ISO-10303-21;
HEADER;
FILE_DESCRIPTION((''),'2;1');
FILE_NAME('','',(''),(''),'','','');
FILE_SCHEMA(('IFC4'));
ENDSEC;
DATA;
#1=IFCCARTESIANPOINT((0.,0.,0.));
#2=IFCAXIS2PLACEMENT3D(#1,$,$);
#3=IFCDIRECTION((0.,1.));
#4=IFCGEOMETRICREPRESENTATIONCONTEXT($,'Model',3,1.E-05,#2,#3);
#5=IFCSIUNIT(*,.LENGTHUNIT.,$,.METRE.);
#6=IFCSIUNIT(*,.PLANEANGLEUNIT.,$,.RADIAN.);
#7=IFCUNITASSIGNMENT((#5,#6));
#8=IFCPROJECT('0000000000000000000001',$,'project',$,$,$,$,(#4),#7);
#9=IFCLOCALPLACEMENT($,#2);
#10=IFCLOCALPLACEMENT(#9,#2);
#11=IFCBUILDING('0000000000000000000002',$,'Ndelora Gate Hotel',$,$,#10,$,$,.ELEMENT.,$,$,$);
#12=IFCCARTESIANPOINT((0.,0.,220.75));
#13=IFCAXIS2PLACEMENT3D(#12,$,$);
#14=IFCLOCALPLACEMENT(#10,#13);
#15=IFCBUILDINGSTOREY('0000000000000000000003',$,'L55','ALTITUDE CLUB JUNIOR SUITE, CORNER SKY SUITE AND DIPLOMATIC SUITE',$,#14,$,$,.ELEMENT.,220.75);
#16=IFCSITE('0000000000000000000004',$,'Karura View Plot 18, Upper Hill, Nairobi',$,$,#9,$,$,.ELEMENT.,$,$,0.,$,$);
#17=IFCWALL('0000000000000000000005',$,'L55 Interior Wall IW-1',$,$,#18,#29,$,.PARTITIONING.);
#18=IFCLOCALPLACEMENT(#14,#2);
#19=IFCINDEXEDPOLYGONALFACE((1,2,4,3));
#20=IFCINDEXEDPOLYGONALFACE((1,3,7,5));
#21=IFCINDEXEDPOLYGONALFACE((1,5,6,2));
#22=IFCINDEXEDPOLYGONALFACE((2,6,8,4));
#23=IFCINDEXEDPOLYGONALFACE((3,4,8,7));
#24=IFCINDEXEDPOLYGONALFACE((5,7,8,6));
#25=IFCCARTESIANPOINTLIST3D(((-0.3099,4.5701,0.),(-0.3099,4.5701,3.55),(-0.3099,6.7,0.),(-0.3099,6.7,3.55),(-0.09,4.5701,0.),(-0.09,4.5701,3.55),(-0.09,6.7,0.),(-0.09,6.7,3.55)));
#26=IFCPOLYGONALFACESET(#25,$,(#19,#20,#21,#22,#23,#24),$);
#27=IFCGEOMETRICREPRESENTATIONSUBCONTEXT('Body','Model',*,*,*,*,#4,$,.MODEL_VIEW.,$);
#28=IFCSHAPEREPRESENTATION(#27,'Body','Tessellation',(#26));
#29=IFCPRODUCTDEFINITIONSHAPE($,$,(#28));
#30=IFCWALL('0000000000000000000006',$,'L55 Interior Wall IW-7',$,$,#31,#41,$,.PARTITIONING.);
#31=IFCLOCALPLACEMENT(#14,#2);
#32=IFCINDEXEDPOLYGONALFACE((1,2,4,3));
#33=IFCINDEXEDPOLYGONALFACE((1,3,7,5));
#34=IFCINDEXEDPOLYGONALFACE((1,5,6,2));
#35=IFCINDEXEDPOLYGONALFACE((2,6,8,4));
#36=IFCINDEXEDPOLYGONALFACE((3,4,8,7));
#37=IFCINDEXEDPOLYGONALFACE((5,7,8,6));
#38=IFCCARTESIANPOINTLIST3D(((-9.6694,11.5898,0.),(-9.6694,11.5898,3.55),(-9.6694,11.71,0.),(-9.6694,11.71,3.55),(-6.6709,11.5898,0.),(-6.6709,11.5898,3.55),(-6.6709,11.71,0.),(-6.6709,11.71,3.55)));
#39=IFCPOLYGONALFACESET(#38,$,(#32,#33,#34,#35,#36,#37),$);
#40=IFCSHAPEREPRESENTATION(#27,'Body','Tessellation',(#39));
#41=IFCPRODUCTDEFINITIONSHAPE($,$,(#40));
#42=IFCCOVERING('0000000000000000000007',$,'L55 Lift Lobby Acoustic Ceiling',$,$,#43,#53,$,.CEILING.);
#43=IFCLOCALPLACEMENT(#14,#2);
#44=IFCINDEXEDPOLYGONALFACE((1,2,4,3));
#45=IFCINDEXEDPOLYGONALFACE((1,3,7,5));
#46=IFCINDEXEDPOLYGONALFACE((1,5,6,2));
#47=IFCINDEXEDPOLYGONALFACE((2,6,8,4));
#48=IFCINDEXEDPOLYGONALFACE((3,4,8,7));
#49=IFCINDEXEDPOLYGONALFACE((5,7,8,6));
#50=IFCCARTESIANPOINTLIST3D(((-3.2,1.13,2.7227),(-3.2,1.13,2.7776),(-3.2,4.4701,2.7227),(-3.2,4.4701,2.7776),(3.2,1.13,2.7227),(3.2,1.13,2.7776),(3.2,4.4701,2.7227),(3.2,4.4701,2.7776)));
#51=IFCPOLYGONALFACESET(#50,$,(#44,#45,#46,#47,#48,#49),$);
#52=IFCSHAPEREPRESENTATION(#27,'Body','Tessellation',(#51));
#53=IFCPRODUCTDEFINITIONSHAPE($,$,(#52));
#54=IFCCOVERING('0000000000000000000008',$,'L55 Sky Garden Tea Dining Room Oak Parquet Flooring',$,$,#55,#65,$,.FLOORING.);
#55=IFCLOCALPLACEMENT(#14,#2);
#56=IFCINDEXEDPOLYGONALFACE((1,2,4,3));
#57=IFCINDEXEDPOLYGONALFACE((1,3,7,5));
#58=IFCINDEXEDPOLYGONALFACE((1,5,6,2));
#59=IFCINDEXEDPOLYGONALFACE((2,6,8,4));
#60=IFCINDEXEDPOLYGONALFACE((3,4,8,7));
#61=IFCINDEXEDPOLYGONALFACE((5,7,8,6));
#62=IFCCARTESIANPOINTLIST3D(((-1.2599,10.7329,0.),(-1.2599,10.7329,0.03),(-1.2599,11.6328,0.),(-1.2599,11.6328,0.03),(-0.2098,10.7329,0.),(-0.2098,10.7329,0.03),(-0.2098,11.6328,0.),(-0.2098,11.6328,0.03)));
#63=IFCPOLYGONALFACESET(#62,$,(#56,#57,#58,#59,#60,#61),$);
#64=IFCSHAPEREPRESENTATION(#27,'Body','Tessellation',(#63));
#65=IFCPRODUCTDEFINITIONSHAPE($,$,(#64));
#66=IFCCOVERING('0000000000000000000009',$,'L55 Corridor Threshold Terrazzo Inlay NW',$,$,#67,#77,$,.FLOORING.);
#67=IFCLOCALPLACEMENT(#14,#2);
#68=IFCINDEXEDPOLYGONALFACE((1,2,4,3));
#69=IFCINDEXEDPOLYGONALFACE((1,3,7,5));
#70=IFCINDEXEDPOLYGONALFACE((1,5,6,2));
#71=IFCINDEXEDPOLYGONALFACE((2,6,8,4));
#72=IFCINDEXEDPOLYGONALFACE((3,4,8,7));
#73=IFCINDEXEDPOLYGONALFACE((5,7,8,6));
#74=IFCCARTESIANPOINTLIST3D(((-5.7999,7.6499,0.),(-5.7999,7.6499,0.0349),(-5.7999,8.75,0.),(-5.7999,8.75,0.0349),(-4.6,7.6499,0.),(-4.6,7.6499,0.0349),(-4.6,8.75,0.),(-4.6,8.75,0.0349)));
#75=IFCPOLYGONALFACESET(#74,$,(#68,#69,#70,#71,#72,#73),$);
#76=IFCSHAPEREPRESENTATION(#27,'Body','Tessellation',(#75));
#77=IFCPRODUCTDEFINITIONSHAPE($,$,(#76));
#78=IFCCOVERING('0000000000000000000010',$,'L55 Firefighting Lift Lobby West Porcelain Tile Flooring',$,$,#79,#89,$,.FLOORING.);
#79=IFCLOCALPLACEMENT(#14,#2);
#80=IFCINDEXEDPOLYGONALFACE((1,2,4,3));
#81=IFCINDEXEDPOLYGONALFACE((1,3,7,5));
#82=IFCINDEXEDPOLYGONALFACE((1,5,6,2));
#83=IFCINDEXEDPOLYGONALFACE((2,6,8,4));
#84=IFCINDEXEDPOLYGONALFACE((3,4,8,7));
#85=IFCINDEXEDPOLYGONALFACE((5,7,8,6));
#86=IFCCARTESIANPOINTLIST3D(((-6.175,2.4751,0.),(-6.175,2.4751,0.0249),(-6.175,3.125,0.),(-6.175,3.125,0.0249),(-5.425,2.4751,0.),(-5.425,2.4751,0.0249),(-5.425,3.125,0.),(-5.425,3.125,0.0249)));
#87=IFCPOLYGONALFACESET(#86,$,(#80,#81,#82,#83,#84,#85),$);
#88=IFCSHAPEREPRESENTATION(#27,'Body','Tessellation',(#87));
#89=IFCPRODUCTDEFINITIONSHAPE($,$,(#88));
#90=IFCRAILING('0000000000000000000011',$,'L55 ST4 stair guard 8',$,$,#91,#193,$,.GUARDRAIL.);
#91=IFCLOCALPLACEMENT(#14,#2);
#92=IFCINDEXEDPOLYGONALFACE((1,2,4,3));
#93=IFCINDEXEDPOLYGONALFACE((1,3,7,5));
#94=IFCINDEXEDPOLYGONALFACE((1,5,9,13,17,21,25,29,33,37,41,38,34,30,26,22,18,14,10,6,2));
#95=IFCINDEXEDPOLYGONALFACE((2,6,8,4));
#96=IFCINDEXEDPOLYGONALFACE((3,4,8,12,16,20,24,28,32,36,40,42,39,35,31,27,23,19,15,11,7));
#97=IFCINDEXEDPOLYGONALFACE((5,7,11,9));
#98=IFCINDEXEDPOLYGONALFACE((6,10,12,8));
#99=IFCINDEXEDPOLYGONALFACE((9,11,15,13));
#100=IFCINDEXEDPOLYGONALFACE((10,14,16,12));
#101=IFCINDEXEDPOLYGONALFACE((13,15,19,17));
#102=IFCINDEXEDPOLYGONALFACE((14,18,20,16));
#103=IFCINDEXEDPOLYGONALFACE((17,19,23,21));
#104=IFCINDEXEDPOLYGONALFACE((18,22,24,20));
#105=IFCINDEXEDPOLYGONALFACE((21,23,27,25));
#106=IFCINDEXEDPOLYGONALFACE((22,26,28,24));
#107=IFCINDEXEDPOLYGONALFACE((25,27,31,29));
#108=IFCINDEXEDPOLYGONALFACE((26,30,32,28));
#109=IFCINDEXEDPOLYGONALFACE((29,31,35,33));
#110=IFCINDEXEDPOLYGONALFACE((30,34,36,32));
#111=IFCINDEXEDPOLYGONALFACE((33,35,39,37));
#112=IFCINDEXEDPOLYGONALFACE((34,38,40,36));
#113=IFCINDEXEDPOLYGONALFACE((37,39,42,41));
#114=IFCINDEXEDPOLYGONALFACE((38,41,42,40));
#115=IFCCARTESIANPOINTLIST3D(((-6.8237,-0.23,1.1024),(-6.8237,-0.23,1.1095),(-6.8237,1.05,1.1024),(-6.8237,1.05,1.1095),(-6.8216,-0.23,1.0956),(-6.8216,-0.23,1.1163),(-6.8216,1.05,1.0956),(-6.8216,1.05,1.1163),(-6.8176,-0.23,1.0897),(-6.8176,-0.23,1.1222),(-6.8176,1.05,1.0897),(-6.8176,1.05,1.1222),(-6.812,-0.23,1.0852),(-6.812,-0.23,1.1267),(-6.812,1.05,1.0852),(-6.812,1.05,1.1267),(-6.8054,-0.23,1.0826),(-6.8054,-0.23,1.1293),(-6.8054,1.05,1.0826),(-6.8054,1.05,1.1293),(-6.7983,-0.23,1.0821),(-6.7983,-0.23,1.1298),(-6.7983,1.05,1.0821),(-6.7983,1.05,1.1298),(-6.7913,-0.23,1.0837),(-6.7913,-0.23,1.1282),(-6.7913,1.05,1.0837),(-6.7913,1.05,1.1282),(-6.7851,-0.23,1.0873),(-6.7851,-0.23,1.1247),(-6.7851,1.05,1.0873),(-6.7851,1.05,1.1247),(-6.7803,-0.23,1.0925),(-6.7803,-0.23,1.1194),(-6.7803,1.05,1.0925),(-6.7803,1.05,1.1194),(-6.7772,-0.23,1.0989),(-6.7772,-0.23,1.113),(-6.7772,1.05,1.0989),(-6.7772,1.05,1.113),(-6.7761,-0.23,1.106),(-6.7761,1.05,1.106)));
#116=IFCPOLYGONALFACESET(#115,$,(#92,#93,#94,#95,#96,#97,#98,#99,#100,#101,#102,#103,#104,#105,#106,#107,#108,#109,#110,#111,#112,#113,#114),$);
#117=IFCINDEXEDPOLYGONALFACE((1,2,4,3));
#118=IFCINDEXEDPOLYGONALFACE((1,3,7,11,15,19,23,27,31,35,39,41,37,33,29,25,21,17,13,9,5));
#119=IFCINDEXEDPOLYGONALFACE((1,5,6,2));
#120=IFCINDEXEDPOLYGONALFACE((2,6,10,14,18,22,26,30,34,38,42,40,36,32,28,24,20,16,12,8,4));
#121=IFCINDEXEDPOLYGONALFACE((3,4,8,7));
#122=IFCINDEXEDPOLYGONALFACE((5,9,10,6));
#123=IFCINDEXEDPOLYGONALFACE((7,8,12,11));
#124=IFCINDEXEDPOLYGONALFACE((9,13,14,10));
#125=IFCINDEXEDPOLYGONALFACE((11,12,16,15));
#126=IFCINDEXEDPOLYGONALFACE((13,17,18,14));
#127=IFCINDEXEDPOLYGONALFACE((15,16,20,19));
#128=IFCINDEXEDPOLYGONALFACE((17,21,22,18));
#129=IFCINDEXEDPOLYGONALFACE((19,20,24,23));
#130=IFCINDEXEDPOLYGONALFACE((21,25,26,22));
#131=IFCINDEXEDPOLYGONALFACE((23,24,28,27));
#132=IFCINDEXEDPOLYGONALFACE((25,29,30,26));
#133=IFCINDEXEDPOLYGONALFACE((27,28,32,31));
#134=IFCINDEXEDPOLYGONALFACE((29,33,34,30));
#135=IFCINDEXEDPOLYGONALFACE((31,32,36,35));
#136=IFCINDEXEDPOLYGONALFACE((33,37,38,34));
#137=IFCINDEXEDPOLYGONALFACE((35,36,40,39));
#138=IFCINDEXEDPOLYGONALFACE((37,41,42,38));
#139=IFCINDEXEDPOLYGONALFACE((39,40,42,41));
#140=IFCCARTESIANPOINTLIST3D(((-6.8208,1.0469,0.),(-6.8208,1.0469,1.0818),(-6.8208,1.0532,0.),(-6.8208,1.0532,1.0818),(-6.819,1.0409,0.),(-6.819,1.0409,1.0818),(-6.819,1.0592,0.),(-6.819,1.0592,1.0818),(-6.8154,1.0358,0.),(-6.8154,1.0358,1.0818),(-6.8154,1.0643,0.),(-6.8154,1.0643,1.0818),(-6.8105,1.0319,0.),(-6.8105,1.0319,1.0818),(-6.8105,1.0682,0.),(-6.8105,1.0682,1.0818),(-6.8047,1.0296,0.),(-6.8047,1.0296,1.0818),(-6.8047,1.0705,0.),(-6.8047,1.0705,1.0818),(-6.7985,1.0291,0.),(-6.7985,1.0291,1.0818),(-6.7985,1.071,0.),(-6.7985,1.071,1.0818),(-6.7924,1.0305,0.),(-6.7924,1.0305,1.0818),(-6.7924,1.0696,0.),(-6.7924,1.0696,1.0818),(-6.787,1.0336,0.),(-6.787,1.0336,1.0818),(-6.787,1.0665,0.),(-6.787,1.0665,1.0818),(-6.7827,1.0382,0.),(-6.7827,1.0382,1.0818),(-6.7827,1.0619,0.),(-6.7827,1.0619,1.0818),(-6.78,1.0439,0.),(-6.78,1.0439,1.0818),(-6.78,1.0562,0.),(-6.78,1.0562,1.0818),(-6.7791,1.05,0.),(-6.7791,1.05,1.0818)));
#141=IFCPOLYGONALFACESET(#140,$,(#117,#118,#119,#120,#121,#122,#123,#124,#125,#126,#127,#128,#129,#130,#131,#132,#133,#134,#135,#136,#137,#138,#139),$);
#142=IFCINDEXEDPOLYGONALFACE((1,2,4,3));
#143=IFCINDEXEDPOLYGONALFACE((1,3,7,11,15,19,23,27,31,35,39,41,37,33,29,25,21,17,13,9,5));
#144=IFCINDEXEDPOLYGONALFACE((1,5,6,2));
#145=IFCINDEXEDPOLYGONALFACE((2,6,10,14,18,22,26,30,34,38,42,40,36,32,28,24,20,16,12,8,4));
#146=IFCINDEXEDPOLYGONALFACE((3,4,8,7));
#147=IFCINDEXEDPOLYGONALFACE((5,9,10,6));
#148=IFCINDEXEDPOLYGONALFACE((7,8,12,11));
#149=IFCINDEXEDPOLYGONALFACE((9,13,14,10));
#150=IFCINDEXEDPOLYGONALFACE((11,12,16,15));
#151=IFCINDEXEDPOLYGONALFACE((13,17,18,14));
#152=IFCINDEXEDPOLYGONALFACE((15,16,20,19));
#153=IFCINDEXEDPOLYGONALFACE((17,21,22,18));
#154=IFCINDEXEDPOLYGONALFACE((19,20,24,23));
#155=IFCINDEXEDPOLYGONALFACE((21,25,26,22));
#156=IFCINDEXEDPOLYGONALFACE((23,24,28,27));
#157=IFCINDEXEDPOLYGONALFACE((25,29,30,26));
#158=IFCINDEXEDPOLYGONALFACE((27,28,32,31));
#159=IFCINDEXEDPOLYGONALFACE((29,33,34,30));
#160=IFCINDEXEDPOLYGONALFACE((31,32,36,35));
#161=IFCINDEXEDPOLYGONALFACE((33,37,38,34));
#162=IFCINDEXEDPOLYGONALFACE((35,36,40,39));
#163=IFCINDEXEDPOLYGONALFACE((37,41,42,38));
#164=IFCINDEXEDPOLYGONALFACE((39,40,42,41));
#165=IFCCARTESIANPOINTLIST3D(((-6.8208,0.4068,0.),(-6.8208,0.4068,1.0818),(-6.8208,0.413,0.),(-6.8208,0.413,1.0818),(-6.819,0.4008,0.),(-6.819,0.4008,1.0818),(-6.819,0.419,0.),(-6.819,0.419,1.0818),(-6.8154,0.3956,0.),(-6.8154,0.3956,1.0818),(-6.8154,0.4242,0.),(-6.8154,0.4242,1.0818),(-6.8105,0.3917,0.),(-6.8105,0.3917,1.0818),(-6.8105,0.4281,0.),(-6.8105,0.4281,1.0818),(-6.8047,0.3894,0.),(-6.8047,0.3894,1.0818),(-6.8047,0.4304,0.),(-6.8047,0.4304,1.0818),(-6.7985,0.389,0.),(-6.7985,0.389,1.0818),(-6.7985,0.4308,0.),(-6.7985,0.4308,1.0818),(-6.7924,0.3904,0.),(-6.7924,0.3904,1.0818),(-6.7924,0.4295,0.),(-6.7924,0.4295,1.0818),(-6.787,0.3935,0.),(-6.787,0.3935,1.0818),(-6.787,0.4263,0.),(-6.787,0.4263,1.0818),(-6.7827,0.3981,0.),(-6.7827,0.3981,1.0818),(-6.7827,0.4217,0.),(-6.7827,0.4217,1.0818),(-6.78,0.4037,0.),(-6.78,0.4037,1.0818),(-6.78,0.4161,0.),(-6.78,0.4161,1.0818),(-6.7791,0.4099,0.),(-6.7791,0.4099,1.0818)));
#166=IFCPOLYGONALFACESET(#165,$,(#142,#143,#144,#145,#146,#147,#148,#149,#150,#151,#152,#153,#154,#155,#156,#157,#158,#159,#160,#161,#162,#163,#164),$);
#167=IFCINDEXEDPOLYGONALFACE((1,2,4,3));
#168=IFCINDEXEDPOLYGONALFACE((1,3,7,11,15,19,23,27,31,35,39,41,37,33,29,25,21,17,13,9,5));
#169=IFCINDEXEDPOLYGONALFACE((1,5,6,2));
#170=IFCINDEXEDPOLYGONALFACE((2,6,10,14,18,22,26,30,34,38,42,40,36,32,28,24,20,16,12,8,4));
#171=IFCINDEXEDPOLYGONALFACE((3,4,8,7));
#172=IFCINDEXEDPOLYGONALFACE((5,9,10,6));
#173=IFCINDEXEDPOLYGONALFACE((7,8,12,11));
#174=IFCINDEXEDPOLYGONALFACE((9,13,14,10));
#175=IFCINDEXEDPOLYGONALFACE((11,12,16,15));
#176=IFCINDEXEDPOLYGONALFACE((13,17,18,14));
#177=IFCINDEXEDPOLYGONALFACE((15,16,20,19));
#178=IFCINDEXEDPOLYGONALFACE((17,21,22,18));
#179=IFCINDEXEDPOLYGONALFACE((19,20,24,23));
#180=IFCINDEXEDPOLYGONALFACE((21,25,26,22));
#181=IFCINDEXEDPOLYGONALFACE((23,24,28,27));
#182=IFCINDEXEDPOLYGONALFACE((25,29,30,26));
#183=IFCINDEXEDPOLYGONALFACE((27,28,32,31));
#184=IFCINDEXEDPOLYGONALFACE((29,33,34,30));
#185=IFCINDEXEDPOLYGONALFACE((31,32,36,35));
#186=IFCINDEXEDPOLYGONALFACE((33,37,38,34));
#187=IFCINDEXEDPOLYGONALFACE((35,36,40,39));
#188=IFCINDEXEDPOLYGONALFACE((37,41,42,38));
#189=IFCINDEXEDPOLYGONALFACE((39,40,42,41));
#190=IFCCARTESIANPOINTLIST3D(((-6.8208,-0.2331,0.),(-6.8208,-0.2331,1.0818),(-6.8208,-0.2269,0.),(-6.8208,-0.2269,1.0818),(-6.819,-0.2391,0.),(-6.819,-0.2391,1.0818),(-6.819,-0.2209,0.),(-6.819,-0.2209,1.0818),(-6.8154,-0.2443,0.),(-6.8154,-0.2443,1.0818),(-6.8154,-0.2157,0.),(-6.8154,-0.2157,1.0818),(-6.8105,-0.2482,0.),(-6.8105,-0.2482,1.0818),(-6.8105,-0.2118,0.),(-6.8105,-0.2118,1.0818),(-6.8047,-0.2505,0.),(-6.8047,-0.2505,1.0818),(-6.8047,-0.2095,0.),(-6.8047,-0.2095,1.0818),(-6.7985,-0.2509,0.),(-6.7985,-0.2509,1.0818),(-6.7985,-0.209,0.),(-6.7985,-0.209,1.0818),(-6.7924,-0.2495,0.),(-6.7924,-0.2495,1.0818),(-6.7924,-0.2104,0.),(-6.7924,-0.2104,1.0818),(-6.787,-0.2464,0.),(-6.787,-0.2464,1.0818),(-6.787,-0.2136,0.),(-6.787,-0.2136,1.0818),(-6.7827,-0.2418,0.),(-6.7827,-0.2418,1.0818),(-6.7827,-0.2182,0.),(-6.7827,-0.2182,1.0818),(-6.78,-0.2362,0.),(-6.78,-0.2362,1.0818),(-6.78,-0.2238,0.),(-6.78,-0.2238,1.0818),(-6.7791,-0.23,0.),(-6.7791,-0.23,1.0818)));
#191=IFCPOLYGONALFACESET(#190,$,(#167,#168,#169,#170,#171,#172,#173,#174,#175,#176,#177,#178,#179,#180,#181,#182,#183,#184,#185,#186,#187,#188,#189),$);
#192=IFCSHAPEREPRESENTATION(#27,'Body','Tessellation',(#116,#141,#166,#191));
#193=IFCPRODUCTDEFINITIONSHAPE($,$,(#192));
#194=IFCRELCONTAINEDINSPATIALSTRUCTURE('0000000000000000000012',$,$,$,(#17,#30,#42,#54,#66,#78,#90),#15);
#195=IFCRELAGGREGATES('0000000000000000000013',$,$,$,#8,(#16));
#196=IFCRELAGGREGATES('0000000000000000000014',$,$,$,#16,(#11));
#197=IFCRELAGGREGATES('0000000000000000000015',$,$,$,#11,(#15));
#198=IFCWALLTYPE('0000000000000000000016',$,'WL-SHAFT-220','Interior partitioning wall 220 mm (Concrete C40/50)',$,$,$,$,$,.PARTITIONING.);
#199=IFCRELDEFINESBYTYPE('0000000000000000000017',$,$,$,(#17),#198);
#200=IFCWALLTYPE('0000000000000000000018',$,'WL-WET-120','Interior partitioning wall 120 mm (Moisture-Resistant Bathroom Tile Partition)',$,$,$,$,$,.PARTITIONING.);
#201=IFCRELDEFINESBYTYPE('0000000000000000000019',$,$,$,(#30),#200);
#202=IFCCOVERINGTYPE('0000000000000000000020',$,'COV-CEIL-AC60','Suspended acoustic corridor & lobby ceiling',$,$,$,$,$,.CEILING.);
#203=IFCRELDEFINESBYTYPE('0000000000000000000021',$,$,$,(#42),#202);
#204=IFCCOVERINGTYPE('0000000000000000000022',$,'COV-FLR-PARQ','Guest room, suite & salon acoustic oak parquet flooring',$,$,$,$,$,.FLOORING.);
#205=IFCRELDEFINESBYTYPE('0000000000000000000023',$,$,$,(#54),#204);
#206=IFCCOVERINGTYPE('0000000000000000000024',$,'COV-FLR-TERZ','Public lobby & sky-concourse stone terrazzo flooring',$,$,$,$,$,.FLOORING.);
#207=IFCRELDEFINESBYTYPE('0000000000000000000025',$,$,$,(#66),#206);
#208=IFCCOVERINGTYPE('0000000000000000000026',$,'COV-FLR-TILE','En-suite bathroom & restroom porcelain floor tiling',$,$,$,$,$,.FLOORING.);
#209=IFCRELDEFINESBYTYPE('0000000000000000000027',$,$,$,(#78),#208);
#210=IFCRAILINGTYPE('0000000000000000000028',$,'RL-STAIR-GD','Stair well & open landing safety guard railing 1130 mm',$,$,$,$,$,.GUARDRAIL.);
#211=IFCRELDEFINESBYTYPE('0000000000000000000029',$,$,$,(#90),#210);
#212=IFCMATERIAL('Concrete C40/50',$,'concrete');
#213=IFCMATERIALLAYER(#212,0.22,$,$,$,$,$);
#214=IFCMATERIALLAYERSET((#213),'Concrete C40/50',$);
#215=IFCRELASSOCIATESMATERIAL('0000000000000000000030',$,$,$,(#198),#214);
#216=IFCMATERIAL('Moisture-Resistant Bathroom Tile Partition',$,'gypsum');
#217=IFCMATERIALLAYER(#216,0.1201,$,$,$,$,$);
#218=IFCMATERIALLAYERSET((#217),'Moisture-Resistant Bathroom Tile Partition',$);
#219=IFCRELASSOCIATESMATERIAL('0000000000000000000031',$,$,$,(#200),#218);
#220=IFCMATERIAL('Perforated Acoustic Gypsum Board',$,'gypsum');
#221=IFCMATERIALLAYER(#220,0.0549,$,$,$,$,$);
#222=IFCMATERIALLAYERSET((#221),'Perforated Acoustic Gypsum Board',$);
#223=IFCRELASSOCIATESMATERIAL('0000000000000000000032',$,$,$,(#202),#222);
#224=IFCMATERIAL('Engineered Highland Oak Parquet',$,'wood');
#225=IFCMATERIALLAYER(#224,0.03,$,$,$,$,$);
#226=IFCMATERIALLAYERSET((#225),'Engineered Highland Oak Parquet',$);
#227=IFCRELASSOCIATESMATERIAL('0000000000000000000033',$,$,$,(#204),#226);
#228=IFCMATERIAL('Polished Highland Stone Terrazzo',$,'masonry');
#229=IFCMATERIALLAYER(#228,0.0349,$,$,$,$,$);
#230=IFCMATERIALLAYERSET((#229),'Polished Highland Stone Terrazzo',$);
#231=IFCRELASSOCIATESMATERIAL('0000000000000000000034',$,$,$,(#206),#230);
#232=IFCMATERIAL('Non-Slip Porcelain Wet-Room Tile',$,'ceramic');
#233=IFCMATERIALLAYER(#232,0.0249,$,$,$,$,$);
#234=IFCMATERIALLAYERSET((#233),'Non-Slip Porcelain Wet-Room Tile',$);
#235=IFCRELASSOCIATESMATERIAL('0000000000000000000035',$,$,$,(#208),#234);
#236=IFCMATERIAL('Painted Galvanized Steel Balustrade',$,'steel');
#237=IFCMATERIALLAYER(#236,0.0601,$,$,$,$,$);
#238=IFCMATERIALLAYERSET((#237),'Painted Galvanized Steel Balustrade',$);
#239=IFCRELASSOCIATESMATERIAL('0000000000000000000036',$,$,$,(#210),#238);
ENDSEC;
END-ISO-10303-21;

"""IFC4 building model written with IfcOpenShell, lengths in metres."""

from ifc_helpers import new_model, si_unit, direction, frame, frame_2d, origin, origin_2d, place, context, subcontext, project, spatial, rectangle, circle, extrude, material, layer, layer_set, type_object, element, save


model = new_model("IFC4")

# Units and contexts
model_context = context("Model", 3, precision=1e-05, world=origin(), true_north=direction((0.0, 1.0)))
body_context = subcontext(model_context, "Body", "Model", "MODEL_VIEW")
ifc_project = project(units=[si_unit("LENGTHUNIT", "METRE"), si_unit("PLANEANGLEUNIT", "RADIAN")], contexts=[model_context])

# Site, building, storey
site_placement = place(None, origin())
site = spatial("IfcSite", under=ifc_project, at=site_placement, Name="Karura View Plot 18, Upper Hill, Nairobi", CompositionType="ELEMENT", RefElevation=0.0)
building_placement = place(site_placement, origin())
building = spatial("IfcBuilding", under=site, at=building_placement, Name="Ndelora Gate Hotel", CompositionType="ELEMENT")
storey_placement = place(building_placement, frame((0.0, 0.0, 220.75)))
storey = spatial("IfcBuildingStorey", under=building, at=storey_placement, Name="L55", Description="ALTITUDE CLUB JUNIOR SUITE, CORNER SKY SUITE AND DIPLOMATIC SUITE", CompositionType="ELEMENT", Elevation=220.75)

# Shared definitions
ifc_material_1 = material(Name="Concrete C40/50", Category="concrete")

# Shared definitions
ifc_layer_1 = layer(ifc_material_1, 0.22)
ifc_layer_set_1 = layer_set([ifc_layer_1], Name="Concrete C40/50")
wall_type_1 = type_object("IfcWallType", Name="WL-SHAFT-220", Description="Interior partitioning wall 220 mm (Concrete C40/50)", PredefinedType="PARTITIONING", material=ifc_layer_set_1)

# Wall
wall_1_placement = place(storey_placement, frame((-0.2, 4.5701, 0.0), z_axis=(0.0, 0.0, 1.0), x_axis=(0.0, 1.0, 0.0)))
element("IfcWall", 1, at=wall_1_placement, inside=storey, type_object=wall_type_1, Name="L55 Interior Wall IW-1", PredefinedType="PARTITIONING", context=body_context, shape_type="SweptSolid", body=[
    extrude(rectangle(XDim=2.1299, YDim=0.22, at=frame_2d((1.0649, 0.0))), origin(), (0.0, 0.0, 1.0), 3.55),
])

# Wall
ifc_material_2 = material(Name="Moisture-Resistant Bathroom Tile Partition", Category="gypsum")
ifc_layer_2 = layer(ifc_material_2, 0.1201)
ifc_layer_set_2 = layer_set([ifc_layer_2], Name="Moisture-Resistant Bathroom Tile Partition")
wall_type_2 = type_object("IfcWallType", Name="WL-WET-120", Description="Interior partitioning wall 120 mm (Moisture-Resistant Bathroom Tile Partition)", PredefinedType="PARTITIONING", material=ifc_layer_set_2)
wall_2_placement = place(storey_placement, frame((-6.6709, 11.6499, 0.0), z_axis=(0.0, 0.0, 1.0), x_axis=(-1.0, 0.0, 0.0)))
element("IfcWall", 2, at=wall_2_placement, inside=storey, type_object=wall_type_2, Name="L55 Interior Wall IW-7", PredefinedType="PARTITIONING", context=body_context, shape_type="SweptSolid", body=[
    extrude(rectangle(XDim=2.9985, YDim=0.1201, at=frame_2d((1.4993, 0.0))), origin(), (0.0, 0.0, 1.0), 3.55),
])

# Coverings
ifc_material_3 = material(Name="Perforated Acoustic Gypsum Board", Category="gypsum")
ifc_layer_3 = layer(ifc_material_3, 0.0549)
ifc_layer_set_3 = layer_set([ifc_layer_3], Name="Perforated Acoustic Gypsum Board")
covering_type_1 = type_object("IfcCoveringType", Name="COV-CEIL-AC60", Description="Suspended acoustic corridor & lobby ceiling", PredefinedType="CEILING", material=ifc_layer_set_3)
covering_1_placement = place(storey_placement, frame((0.0, 2.8, 2.7227), z_axis=(0.0, 0.0, 1.0), x_axis=(1.0, 0.0, 0.0)))
element("IfcCovering", 3, at=covering_1_placement, inside=storey, type_object=covering_type_1, Name="L55 Lift Lobby Acoustic Ceiling", PredefinedType="CEILING", context=body_context, shape_type="SweptSolid", body=[
    extrude(rectangle(XDim=6.3999, YDim=3.3401, at=origin_2d()), origin(), (0.0, 0.0, 1.0), 0.0549),
])
ifc_material_4 = material(Name="Engineered Highland Oak Parquet", Category="wood")
ifc_layer_4 = layer(ifc_material_4, 0.03)
ifc_layer_set_4 = layer_set([ifc_layer_4], Name="Engineered Highland Oak Parquet")
covering_type_2 = type_object("IfcCoveringType", Name="COV-FLR-PARQ", Description="Guest room, suite & salon acoustic oak parquet flooring", PredefinedType="FLOORING", material=ifc_layer_set_4)
covering_2_placement = place(storey_placement, frame((-0.7349, 11.1829, 0.0), z_axis=(0.0, 0.0, 1.0), x_axis=(1.0, 0.0, 0.0)))
element("IfcCovering", 4, at=covering_2_placement, inside=storey, type_object=covering_type_2, Name="L55 Sky Garden Tea Dining Room Oak Parquet Flooring", PredefinedType="FLOORING", context=body_context, shape_type="SweptSolid", body=[
    extrude(rectangle(XDim=1.05, YDim=0.8999, at=origin_2d()), origin(), (0.0, 0.0, 1.0), 0.03),
])
ifc_material_5 = material(Name="Polished Highland Stone Terrazzo", Category="masonry")
ifc_layer_5 = layer(ifc_material_5, 0.0349)
ifc_layer_set_5 = layer_set([ifc_layer_5], Name="Polished Highland Stone Terrazzo")
covering_type_3 = type_object("IfcCoveringType", Name="COV-FLR-TERZ", Description="Public lobby & sky-concourse stone terrazzo flooring", PredefinedType="FLOORING", material=ifc_layer_set_5)
covering_3_placement = place(storey_placement, frame((-5.2, 8.2, 0.0), z_axis=(0.0, 0.0, 1.0), x_axis=(1.0, 0.0, 0.0)))
element("IfcCovering", 5, at=covering_3_placement, inside=storey, type_object=covering_type_3, Name="L55 Corridor Threshold Terrazzo Inlay NW", PredefinedType="FLOORING", context=body_context, shape_type="SweptSolid", body=[
    extrude(rectangle(XDim=1.2, YDim=1.1001, at=origin_2d()), origin(), (0.0, 0.0, 1.0), 0.0349),
])
ifc_material_6 = material(Name="Non-Slip Porcelain Wet-Room Tile", Category="ceramic")
ifc_layer_6 = layer(ifc_material_6, 0.0249)
ifc_layer_set_6 = layer_set([ifc_layer_6], Name="Non-Slip Porcelain Wet-Room Tile")
covering_type_4 = type_object("IfcCoveringType", Name="COV-FLR-TILE", Description="En-suite bathroom & restroom porcelain floor tiling", PredefinedType="FLOORING", material=ifc_layer_set_6)
covering_4_placement = place(storey_placement, frame((-5.8, 2.8, 0.0), z_axis=(0.0, 0.0, 1.0), x_axis=(1.0, 0.0, 0.0)))
element("IfcCovering", 6, at=covering_4_placement, inside=storey, type_object=covering_type_4, Name="L55 Firefighting Lift Lobby West Porcelain Tile Flooring", PredefinedType="FLOORING", context=body_context, shape_type="SweptSolid", body=[
    extrude(rectangle(XDim=0.75, YDim=0.6499, at=origin_2d()), origin(), (0.0, 0.0, 1.0), 0.0249),
])

# Railing
ifc_material_7 = material(Name="Painted Galvanized Steel Balustrade", Category="steel")
ifc_layer_7 = layer(ifc_material_7, 0.0601)
ifc_layer_set_7 = layer_set([ifc_layer_7], Name="Painted Galvanized Steel Balustrade")
railing_type = type_object("IfcRailingType", Name="RL-STAIR-GD", Description="Stair well & open landing safety guard railing 1130 mm", PredefinedType="GUARDRAIL", material=ifc_layer_set_7)
for number, where, name in (
    (7, (-6.8, 1.05, 0.0), "L55 ST4 stair guard 8"),
):
    element("IfcRailing", number, at=place(storey_placement, frame(where)), inside=storey, type_object=railing_type, Name=name, PredefinedType="GUARDRAIL", context=body_context, shape_type="SweptSolid", body=[
        extrude(circle(Radius=0.0239, at=origin_2d()), frame((0.0, 0.0, 1.106), z_axis=(0.0, -1.0, 0.0), x_axis=(1.0, 0.0, 0.0)), (0.0, 0.0, 1.0), 1.28),
        extrude(circle(Radius=0.021, at=origin_2d()), origin(), (0.0, 0.0, 1.0), 1.0818),
        extrude(circle(Radius=0.021, at=origin_2d()), frame((0.0, -0.6401, 0.0)), (0.0, 0.0, 1.0), 1.0818),
        extrude(circle(Radius=0.021, at=origin_2d()), frame((0.0, -1.28, 0.0)), (0.0, 0.0, 1.0), 1.0818),
    ])

save(model, "model.ifc")
